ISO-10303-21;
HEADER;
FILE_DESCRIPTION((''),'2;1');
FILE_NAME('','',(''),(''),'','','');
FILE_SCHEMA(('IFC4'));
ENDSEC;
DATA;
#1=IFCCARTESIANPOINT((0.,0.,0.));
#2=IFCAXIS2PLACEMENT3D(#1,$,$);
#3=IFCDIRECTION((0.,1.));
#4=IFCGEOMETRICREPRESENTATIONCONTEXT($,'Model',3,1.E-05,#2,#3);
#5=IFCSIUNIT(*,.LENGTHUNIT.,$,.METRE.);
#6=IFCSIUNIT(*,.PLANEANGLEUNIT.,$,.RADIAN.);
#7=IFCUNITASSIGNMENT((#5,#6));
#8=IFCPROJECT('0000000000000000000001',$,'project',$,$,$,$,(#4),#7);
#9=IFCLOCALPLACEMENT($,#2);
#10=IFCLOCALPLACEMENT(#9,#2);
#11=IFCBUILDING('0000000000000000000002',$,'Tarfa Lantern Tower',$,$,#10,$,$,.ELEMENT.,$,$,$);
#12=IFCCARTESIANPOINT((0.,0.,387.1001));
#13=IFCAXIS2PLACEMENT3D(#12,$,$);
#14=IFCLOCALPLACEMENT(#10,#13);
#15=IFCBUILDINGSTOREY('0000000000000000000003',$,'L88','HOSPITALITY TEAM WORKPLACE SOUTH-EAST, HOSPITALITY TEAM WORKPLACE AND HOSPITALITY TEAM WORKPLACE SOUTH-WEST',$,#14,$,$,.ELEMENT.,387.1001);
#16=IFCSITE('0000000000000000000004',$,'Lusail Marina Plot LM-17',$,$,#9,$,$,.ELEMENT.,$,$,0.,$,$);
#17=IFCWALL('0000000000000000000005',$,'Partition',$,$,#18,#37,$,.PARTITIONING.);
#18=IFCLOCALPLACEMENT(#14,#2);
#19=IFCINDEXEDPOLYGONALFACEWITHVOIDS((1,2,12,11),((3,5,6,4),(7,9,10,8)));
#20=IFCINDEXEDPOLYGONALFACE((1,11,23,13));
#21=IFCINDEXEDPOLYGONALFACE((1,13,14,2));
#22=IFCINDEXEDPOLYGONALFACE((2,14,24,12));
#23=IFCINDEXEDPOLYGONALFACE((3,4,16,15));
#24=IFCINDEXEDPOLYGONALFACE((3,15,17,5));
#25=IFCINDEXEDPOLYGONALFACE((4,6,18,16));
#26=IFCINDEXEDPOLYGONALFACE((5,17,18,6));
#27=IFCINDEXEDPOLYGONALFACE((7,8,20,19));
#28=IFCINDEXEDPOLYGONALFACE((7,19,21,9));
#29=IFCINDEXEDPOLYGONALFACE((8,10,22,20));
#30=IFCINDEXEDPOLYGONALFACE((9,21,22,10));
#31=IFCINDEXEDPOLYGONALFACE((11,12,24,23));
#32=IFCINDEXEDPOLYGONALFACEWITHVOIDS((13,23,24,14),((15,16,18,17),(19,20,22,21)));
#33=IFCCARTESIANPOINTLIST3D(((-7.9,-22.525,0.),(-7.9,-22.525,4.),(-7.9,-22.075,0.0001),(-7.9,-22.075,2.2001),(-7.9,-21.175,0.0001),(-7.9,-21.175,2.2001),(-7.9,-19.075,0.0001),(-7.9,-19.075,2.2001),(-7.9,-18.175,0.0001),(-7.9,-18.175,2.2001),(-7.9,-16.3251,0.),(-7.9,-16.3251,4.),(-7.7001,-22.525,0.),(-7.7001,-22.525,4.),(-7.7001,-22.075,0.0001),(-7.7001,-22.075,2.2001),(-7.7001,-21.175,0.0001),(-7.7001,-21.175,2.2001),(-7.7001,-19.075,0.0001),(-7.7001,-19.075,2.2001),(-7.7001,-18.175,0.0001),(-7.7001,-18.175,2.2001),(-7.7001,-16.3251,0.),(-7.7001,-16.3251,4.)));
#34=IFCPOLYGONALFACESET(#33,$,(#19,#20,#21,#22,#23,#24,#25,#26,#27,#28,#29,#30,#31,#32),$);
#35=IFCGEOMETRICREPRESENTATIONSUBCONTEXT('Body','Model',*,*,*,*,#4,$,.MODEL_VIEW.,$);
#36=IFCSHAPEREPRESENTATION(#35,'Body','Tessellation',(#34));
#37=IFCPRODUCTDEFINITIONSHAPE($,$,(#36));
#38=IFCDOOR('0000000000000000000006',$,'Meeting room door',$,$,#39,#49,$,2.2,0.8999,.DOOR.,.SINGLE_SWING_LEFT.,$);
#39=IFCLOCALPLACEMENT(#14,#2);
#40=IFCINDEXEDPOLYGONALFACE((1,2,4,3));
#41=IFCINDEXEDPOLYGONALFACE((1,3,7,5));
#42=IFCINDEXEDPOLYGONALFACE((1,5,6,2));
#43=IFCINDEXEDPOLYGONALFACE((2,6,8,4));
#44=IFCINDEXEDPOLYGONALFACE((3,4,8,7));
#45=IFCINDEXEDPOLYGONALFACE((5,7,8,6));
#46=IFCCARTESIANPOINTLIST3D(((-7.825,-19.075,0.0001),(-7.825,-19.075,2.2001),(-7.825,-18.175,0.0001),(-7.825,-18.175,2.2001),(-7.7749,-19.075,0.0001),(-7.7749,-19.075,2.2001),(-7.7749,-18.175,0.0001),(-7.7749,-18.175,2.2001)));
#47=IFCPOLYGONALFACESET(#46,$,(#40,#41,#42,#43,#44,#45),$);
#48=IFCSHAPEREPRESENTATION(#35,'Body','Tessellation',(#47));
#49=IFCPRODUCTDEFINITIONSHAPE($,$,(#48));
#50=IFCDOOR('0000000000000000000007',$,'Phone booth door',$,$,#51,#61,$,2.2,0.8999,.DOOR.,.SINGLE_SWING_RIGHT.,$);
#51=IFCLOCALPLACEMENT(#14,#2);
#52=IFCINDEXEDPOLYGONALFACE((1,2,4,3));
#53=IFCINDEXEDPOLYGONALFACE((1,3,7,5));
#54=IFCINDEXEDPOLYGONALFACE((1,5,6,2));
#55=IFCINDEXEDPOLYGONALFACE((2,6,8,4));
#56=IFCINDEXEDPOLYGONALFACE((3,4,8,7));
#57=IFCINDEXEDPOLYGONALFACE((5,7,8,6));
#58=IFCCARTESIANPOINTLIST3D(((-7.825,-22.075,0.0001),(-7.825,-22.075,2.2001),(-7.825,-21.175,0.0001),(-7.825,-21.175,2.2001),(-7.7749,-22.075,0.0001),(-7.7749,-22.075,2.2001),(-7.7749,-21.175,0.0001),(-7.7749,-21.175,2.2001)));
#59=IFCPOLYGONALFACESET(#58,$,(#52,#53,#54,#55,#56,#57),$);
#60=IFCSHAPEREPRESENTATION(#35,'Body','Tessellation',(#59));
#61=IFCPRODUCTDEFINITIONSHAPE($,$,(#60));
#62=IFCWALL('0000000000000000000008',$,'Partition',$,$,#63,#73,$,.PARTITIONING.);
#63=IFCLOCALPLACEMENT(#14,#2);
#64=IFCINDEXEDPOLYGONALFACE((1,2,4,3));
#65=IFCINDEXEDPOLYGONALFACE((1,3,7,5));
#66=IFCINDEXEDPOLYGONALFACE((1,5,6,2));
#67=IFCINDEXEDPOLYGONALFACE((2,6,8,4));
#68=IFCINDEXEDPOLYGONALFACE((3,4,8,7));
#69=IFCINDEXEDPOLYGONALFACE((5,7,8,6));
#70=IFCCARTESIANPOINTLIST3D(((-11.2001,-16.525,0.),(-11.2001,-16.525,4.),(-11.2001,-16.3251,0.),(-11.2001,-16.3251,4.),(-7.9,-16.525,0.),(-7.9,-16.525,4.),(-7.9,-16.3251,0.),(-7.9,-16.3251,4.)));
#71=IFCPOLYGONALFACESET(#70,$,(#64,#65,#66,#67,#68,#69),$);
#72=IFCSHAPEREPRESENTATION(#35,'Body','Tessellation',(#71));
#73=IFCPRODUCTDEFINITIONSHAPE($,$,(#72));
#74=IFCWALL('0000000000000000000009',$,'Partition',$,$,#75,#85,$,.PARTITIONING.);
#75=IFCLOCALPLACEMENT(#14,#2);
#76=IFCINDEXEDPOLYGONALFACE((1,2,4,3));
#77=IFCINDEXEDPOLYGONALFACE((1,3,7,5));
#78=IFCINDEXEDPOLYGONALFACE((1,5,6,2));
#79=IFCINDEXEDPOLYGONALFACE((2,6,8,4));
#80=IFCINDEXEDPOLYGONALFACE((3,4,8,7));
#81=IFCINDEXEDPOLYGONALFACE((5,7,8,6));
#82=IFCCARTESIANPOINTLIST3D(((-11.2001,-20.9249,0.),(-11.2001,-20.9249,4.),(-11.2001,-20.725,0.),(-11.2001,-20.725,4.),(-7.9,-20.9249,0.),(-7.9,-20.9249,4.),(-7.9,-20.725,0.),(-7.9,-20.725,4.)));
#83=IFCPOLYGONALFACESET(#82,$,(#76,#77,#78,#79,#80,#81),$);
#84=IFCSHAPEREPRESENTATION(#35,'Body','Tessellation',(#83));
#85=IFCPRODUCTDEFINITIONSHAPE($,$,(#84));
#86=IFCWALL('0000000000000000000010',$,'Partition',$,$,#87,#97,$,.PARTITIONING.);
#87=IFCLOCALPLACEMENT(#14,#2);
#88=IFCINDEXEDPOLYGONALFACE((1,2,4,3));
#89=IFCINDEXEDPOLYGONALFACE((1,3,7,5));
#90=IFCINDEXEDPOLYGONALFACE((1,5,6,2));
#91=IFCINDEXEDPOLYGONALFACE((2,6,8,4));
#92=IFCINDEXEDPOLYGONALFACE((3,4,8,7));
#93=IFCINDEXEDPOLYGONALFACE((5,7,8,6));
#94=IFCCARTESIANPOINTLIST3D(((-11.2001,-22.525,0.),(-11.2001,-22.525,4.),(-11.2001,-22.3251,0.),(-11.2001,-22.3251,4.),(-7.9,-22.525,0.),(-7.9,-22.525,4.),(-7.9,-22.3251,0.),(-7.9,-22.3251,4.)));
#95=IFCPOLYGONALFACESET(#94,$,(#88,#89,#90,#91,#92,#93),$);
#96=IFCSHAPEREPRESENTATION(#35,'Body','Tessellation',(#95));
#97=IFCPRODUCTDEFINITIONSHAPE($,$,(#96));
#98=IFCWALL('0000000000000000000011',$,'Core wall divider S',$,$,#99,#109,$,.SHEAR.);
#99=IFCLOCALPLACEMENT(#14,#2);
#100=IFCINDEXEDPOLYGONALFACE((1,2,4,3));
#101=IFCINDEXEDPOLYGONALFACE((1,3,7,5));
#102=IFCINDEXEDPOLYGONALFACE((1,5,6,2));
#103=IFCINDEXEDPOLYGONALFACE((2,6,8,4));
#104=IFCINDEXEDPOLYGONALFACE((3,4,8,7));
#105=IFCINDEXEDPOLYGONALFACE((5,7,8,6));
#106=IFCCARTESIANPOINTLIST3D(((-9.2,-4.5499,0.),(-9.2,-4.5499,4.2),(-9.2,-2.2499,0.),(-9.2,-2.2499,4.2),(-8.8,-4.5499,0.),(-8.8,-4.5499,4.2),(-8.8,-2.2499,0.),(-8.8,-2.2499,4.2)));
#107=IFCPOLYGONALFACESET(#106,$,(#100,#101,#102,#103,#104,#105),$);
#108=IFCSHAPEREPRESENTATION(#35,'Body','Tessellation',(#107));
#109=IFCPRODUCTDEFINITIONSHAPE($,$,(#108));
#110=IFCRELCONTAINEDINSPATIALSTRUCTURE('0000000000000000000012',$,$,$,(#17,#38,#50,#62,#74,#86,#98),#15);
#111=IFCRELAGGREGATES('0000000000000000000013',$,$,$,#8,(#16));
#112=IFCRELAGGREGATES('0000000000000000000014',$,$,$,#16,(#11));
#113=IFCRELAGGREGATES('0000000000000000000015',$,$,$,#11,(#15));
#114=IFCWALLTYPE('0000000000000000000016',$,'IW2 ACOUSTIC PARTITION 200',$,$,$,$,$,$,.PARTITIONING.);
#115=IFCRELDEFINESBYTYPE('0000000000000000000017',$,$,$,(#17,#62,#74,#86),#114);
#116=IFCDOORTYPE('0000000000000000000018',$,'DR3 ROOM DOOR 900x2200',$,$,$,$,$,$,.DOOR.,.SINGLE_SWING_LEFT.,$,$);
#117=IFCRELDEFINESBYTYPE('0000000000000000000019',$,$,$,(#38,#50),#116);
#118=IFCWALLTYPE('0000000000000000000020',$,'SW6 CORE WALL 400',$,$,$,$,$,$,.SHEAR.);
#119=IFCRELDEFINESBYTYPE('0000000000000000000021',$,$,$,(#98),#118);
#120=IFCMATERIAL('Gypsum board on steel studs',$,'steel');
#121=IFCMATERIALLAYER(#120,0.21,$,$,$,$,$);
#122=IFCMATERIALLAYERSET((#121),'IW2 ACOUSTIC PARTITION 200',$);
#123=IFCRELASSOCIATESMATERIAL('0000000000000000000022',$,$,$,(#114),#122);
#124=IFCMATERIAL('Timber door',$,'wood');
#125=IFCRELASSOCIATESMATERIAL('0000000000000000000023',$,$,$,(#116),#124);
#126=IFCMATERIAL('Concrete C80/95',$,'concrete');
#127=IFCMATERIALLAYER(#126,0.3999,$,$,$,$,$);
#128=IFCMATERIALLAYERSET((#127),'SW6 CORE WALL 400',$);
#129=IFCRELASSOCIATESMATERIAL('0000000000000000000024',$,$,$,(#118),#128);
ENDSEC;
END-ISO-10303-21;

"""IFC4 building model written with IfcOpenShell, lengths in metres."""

from ifc_helpers import new_model, si_unit, direction, frame, frame_2d, origin, place, context, subcontext, project, spatial, rectangle, extrude, material, layer, layer_set, type_object, element, fill, save


model = new_model("IFC4")

# Units and contexts
model_context = context("Model", 3, precision=1e-05, world=origin(), true_north=direction((0.0, 1.0)))
body_context = subcontext(model_context, "Body", "Model", "MODEL_VIEW")
ifc_project = project(units=[si_unit("LENGTHUNIT", "METRE"), si_unit("PLANEANGLEUNIT", "RADIAN")], contexts=[model_context])

# Site, building, storey
site_placement = place(None, origin())
site = spatial("IfcSite", under=ifc_project, at=site_placement, Name="Lusail Marina Plot LM-17", CompositionType="ELEMENT", RefElevation=0.0)
building_placement = place(site_placement, origin())
building = spatial("IfcBuilding", under=site, at=building_placement, Name="Tarfa Lantern Tower", CompositionType="ELEMENT")
storey_placement = place(building_placement, frame((0.0, 0.0, 387.1001)))
storey = spatial("IfcBuildingStorey", under=building, at=storey_placement, Name="L88", Description="HOSPITALITY TEAM WORKPLACE SOUTH-EAST, HOSPITALITY TEAM WORKPLACE AND HOSPITALITY TEAM WORKPLACE SOUTH-WEST", CompositionType="ELEMENT", Elevation=387.1001)

# Shared definitions
ifc_material_1 = material(Name="Gypsum board on steel studs", Category="steel")
ifc_layer_1 = layer(ifc_material_1, 0.21)
ifc_layer_set_1 = layer_set([ifc_layer_1], Name="IW2 ACOUSTIC PARTITION 200")
wall_type_1 = type_object("IfcWallType", Name="IW2 ACOUSTIC PARTITION 200", PredefinedType="PARTITIONING", material=ifc_layer_set_1)
ifc_material_2 = material(Name="Timber door", Category="wood")

# Wall, openings, doors
wall_1_placement = place(storey_placement, frame((-7.8, -16.325, 0.0), z_axis=(0.0, 0.0, 1.0), x_axis=(0.0, -1.0, 0.0)))
wall_1 = element("IfcWall", 1, at=wall_1_placement, inside=storey, type_object=wall_type_1, Name="Partition", PredefinedType="PARTITIONING", context=body_context, shape_type="SweptSolid", body=[
    extrude(rectangle(XDim=6.2, YDim=0.2, at=frame_2d((3.1001, 0.0))), origin(), (0.0, 0.0, 1.0), 4.0),
])
opening_1_placement = place(wall_1_placement, frame((1.8501, 0.0, 0.0)))
opening_1 = element("IfcOpeningElement", 2, at=opening_1_placement, cuts=wall_1, PredefinedType="OPENING", context=body_context, shape_type="SweptSolid", body=[
    extrude(rectangle(XDim=0.8999, YDim=2.2, at=frame_2d((0.45, 1.1001))), frame((0.0, 0.1099, 0.0), z_axis=(0.0, -1.0, 0.0), x_axis=(1.0, 0.0, 0.0)), (0.0, 0.0, 1.0), 0.22),
])
opening_2_placement = place(wall_1_placement, frame((4.8501, 0.0, 0.0)))
opening_2 = element("IfcOpeningElement", 3, at=opening_2_placement, cuts=wall_1, PredefinedType="OPENING", context=body_context, shape_type="SweptSolid", body=[
    extrude(rectangle(XDim=0.8999, YDim=2.2, at=frame_2d((0.45, 1.1001))), frame((0.0, 0.1099, 0.0), z_axis=(0.0, -1.0, 0.0), x_axis=(1.0, 0.0, 0.0)), (0.0, 0.0, 1.0), 0.22),
])
door_type_1 = type_object("IfcDoorType", Name="DR3 ROOM DOOR 900x2200", OperationType="SINGLE_SWING_LEFT", PredefinedType="DOOR", material=ifc_material_2)
door_1_placement = place(opening_1_placement, frame((0.8999, 0.0, 0.0), z_axis=(0.0, 0.0, 1.0), x_axis=(-1.0, 0.0, 0.0)))
door_1 = element("IfcDoor", 4, at=door_1_placement, inside=storey, type_object=door_type_1, Name="Meeting room door", OperationType="SINGLE_SWING_LEFT", OverallHeight=2.2, OverallWidth=0.8999, PredefinedType="DOOR", context=body_context, shape_type="SweptSolid", body=[
    extrude(rectangle(XDim=0.8999, YDim=2.2, at=frame_2d((0.45, 1.1001))), frame((0.0, 0.0249, 0.0), z_axis=(0.0, -1.0, 0.0), x_axis=(1.0, 0.0, 0.0)), (0.0, 0.0, 1.0), 0.05),
])
fill(opening_1, door_1)
door_2_placement = place(opening_2_placement, frame((0.8999, 0.0, 0.0), z_axis=(0.0, 0.0, 1.0), x_axis=(-1.0, 0.0, 0.0)))
door_2 = element("IfcDoor", 5, at=door_2_placement, inside=storey, type_object=door_type_1, Name="Phone booth door", OperationType="SINGLE_SWING_RIGHT", OverallHeight=2.2, OverallWidth=0.8999, PredefinedType="DOOR", context=body_context, shape_type="SweptSolid", body=[
    extrude(rectangle(XDim=0.8999, YDim=2.2, at=frame_2d((0.45, 1.1001))), frame((0.0, 0.0249, 0.0), z_axis=(0.0, -1.0, 0.0), x_axis=(1.0, 0.0, 0.0)), (0.0, 0.0, 1.0), 0.05),
])
fill(opening_2, door_2)

# Walls
for number, where, z_axis, x_axis, name in (
    (6, (-11.2, -16.425, 0.0), (0.0, 0.0, 1.0), (1.0, 0.0, 0.0), "Partition"),
    (7, (-11.2, -20.825, 0.0), (0.0, 0.0, 1.0), (1.0, 0.0, 0.0), "Partition"),
    (8, (-11.2, -22.425, 0.0), (0.0, 0.0, 1.0), (1.0, 0.0, 0.0), "Partition"),
):
    element("IfcWall", number, at=place(storey_placement, frame(where, z_axis=z_axis, x_axis=x_axis)), inside=storey, type_object=wall_type_1, Name=name, PredefinedType="PARTITIONING", context=body_context, shape_type="SweptSolid", body=[
        extrude(rectangle(XDim=3.3, YDim=0.2, at=frame_2d((1.6499, 0.0))), origin(), (0.0, 0.0, 1.0), 4.0),
    ])
ifc_material_3 = material(Name="Concrete C80/95", Category="concrete")
ifc_layer_2 = layer(ifc_material_3, 0.3999)
ifc_layer_set_2 = layer_set([ifc_layer_2], Name="SW6 CORE WALL 400")
wall_type_2 = type_object("IfcWallType", Name="SW6 CORE WALL 400", PredefinedType="SHEAR", material=ifc_layer_set_2)
wall_2_placement = place(storey_placement, frame((-9.0, -2.25, 0.0), z_axis=(0.0, 0.0, 1.0), x_axis=(0.0, -1.0, 0.0)))
element("IfcWall", 9, at=wall_2_placement, inside=storey, type_object=wall_type_2, Name="Core wall divider S", PredefinedType="SHEAR", context=body_context, shape_type="SweptSolid", body=[
    extrude(rectangle(XDim=2.3, YDim=0.3999, at=frame_2d((1.1499, 0.0))), origin(), (0.0, 0.0, 1.0), 4.2),
])

save(model, "model.ifc")
